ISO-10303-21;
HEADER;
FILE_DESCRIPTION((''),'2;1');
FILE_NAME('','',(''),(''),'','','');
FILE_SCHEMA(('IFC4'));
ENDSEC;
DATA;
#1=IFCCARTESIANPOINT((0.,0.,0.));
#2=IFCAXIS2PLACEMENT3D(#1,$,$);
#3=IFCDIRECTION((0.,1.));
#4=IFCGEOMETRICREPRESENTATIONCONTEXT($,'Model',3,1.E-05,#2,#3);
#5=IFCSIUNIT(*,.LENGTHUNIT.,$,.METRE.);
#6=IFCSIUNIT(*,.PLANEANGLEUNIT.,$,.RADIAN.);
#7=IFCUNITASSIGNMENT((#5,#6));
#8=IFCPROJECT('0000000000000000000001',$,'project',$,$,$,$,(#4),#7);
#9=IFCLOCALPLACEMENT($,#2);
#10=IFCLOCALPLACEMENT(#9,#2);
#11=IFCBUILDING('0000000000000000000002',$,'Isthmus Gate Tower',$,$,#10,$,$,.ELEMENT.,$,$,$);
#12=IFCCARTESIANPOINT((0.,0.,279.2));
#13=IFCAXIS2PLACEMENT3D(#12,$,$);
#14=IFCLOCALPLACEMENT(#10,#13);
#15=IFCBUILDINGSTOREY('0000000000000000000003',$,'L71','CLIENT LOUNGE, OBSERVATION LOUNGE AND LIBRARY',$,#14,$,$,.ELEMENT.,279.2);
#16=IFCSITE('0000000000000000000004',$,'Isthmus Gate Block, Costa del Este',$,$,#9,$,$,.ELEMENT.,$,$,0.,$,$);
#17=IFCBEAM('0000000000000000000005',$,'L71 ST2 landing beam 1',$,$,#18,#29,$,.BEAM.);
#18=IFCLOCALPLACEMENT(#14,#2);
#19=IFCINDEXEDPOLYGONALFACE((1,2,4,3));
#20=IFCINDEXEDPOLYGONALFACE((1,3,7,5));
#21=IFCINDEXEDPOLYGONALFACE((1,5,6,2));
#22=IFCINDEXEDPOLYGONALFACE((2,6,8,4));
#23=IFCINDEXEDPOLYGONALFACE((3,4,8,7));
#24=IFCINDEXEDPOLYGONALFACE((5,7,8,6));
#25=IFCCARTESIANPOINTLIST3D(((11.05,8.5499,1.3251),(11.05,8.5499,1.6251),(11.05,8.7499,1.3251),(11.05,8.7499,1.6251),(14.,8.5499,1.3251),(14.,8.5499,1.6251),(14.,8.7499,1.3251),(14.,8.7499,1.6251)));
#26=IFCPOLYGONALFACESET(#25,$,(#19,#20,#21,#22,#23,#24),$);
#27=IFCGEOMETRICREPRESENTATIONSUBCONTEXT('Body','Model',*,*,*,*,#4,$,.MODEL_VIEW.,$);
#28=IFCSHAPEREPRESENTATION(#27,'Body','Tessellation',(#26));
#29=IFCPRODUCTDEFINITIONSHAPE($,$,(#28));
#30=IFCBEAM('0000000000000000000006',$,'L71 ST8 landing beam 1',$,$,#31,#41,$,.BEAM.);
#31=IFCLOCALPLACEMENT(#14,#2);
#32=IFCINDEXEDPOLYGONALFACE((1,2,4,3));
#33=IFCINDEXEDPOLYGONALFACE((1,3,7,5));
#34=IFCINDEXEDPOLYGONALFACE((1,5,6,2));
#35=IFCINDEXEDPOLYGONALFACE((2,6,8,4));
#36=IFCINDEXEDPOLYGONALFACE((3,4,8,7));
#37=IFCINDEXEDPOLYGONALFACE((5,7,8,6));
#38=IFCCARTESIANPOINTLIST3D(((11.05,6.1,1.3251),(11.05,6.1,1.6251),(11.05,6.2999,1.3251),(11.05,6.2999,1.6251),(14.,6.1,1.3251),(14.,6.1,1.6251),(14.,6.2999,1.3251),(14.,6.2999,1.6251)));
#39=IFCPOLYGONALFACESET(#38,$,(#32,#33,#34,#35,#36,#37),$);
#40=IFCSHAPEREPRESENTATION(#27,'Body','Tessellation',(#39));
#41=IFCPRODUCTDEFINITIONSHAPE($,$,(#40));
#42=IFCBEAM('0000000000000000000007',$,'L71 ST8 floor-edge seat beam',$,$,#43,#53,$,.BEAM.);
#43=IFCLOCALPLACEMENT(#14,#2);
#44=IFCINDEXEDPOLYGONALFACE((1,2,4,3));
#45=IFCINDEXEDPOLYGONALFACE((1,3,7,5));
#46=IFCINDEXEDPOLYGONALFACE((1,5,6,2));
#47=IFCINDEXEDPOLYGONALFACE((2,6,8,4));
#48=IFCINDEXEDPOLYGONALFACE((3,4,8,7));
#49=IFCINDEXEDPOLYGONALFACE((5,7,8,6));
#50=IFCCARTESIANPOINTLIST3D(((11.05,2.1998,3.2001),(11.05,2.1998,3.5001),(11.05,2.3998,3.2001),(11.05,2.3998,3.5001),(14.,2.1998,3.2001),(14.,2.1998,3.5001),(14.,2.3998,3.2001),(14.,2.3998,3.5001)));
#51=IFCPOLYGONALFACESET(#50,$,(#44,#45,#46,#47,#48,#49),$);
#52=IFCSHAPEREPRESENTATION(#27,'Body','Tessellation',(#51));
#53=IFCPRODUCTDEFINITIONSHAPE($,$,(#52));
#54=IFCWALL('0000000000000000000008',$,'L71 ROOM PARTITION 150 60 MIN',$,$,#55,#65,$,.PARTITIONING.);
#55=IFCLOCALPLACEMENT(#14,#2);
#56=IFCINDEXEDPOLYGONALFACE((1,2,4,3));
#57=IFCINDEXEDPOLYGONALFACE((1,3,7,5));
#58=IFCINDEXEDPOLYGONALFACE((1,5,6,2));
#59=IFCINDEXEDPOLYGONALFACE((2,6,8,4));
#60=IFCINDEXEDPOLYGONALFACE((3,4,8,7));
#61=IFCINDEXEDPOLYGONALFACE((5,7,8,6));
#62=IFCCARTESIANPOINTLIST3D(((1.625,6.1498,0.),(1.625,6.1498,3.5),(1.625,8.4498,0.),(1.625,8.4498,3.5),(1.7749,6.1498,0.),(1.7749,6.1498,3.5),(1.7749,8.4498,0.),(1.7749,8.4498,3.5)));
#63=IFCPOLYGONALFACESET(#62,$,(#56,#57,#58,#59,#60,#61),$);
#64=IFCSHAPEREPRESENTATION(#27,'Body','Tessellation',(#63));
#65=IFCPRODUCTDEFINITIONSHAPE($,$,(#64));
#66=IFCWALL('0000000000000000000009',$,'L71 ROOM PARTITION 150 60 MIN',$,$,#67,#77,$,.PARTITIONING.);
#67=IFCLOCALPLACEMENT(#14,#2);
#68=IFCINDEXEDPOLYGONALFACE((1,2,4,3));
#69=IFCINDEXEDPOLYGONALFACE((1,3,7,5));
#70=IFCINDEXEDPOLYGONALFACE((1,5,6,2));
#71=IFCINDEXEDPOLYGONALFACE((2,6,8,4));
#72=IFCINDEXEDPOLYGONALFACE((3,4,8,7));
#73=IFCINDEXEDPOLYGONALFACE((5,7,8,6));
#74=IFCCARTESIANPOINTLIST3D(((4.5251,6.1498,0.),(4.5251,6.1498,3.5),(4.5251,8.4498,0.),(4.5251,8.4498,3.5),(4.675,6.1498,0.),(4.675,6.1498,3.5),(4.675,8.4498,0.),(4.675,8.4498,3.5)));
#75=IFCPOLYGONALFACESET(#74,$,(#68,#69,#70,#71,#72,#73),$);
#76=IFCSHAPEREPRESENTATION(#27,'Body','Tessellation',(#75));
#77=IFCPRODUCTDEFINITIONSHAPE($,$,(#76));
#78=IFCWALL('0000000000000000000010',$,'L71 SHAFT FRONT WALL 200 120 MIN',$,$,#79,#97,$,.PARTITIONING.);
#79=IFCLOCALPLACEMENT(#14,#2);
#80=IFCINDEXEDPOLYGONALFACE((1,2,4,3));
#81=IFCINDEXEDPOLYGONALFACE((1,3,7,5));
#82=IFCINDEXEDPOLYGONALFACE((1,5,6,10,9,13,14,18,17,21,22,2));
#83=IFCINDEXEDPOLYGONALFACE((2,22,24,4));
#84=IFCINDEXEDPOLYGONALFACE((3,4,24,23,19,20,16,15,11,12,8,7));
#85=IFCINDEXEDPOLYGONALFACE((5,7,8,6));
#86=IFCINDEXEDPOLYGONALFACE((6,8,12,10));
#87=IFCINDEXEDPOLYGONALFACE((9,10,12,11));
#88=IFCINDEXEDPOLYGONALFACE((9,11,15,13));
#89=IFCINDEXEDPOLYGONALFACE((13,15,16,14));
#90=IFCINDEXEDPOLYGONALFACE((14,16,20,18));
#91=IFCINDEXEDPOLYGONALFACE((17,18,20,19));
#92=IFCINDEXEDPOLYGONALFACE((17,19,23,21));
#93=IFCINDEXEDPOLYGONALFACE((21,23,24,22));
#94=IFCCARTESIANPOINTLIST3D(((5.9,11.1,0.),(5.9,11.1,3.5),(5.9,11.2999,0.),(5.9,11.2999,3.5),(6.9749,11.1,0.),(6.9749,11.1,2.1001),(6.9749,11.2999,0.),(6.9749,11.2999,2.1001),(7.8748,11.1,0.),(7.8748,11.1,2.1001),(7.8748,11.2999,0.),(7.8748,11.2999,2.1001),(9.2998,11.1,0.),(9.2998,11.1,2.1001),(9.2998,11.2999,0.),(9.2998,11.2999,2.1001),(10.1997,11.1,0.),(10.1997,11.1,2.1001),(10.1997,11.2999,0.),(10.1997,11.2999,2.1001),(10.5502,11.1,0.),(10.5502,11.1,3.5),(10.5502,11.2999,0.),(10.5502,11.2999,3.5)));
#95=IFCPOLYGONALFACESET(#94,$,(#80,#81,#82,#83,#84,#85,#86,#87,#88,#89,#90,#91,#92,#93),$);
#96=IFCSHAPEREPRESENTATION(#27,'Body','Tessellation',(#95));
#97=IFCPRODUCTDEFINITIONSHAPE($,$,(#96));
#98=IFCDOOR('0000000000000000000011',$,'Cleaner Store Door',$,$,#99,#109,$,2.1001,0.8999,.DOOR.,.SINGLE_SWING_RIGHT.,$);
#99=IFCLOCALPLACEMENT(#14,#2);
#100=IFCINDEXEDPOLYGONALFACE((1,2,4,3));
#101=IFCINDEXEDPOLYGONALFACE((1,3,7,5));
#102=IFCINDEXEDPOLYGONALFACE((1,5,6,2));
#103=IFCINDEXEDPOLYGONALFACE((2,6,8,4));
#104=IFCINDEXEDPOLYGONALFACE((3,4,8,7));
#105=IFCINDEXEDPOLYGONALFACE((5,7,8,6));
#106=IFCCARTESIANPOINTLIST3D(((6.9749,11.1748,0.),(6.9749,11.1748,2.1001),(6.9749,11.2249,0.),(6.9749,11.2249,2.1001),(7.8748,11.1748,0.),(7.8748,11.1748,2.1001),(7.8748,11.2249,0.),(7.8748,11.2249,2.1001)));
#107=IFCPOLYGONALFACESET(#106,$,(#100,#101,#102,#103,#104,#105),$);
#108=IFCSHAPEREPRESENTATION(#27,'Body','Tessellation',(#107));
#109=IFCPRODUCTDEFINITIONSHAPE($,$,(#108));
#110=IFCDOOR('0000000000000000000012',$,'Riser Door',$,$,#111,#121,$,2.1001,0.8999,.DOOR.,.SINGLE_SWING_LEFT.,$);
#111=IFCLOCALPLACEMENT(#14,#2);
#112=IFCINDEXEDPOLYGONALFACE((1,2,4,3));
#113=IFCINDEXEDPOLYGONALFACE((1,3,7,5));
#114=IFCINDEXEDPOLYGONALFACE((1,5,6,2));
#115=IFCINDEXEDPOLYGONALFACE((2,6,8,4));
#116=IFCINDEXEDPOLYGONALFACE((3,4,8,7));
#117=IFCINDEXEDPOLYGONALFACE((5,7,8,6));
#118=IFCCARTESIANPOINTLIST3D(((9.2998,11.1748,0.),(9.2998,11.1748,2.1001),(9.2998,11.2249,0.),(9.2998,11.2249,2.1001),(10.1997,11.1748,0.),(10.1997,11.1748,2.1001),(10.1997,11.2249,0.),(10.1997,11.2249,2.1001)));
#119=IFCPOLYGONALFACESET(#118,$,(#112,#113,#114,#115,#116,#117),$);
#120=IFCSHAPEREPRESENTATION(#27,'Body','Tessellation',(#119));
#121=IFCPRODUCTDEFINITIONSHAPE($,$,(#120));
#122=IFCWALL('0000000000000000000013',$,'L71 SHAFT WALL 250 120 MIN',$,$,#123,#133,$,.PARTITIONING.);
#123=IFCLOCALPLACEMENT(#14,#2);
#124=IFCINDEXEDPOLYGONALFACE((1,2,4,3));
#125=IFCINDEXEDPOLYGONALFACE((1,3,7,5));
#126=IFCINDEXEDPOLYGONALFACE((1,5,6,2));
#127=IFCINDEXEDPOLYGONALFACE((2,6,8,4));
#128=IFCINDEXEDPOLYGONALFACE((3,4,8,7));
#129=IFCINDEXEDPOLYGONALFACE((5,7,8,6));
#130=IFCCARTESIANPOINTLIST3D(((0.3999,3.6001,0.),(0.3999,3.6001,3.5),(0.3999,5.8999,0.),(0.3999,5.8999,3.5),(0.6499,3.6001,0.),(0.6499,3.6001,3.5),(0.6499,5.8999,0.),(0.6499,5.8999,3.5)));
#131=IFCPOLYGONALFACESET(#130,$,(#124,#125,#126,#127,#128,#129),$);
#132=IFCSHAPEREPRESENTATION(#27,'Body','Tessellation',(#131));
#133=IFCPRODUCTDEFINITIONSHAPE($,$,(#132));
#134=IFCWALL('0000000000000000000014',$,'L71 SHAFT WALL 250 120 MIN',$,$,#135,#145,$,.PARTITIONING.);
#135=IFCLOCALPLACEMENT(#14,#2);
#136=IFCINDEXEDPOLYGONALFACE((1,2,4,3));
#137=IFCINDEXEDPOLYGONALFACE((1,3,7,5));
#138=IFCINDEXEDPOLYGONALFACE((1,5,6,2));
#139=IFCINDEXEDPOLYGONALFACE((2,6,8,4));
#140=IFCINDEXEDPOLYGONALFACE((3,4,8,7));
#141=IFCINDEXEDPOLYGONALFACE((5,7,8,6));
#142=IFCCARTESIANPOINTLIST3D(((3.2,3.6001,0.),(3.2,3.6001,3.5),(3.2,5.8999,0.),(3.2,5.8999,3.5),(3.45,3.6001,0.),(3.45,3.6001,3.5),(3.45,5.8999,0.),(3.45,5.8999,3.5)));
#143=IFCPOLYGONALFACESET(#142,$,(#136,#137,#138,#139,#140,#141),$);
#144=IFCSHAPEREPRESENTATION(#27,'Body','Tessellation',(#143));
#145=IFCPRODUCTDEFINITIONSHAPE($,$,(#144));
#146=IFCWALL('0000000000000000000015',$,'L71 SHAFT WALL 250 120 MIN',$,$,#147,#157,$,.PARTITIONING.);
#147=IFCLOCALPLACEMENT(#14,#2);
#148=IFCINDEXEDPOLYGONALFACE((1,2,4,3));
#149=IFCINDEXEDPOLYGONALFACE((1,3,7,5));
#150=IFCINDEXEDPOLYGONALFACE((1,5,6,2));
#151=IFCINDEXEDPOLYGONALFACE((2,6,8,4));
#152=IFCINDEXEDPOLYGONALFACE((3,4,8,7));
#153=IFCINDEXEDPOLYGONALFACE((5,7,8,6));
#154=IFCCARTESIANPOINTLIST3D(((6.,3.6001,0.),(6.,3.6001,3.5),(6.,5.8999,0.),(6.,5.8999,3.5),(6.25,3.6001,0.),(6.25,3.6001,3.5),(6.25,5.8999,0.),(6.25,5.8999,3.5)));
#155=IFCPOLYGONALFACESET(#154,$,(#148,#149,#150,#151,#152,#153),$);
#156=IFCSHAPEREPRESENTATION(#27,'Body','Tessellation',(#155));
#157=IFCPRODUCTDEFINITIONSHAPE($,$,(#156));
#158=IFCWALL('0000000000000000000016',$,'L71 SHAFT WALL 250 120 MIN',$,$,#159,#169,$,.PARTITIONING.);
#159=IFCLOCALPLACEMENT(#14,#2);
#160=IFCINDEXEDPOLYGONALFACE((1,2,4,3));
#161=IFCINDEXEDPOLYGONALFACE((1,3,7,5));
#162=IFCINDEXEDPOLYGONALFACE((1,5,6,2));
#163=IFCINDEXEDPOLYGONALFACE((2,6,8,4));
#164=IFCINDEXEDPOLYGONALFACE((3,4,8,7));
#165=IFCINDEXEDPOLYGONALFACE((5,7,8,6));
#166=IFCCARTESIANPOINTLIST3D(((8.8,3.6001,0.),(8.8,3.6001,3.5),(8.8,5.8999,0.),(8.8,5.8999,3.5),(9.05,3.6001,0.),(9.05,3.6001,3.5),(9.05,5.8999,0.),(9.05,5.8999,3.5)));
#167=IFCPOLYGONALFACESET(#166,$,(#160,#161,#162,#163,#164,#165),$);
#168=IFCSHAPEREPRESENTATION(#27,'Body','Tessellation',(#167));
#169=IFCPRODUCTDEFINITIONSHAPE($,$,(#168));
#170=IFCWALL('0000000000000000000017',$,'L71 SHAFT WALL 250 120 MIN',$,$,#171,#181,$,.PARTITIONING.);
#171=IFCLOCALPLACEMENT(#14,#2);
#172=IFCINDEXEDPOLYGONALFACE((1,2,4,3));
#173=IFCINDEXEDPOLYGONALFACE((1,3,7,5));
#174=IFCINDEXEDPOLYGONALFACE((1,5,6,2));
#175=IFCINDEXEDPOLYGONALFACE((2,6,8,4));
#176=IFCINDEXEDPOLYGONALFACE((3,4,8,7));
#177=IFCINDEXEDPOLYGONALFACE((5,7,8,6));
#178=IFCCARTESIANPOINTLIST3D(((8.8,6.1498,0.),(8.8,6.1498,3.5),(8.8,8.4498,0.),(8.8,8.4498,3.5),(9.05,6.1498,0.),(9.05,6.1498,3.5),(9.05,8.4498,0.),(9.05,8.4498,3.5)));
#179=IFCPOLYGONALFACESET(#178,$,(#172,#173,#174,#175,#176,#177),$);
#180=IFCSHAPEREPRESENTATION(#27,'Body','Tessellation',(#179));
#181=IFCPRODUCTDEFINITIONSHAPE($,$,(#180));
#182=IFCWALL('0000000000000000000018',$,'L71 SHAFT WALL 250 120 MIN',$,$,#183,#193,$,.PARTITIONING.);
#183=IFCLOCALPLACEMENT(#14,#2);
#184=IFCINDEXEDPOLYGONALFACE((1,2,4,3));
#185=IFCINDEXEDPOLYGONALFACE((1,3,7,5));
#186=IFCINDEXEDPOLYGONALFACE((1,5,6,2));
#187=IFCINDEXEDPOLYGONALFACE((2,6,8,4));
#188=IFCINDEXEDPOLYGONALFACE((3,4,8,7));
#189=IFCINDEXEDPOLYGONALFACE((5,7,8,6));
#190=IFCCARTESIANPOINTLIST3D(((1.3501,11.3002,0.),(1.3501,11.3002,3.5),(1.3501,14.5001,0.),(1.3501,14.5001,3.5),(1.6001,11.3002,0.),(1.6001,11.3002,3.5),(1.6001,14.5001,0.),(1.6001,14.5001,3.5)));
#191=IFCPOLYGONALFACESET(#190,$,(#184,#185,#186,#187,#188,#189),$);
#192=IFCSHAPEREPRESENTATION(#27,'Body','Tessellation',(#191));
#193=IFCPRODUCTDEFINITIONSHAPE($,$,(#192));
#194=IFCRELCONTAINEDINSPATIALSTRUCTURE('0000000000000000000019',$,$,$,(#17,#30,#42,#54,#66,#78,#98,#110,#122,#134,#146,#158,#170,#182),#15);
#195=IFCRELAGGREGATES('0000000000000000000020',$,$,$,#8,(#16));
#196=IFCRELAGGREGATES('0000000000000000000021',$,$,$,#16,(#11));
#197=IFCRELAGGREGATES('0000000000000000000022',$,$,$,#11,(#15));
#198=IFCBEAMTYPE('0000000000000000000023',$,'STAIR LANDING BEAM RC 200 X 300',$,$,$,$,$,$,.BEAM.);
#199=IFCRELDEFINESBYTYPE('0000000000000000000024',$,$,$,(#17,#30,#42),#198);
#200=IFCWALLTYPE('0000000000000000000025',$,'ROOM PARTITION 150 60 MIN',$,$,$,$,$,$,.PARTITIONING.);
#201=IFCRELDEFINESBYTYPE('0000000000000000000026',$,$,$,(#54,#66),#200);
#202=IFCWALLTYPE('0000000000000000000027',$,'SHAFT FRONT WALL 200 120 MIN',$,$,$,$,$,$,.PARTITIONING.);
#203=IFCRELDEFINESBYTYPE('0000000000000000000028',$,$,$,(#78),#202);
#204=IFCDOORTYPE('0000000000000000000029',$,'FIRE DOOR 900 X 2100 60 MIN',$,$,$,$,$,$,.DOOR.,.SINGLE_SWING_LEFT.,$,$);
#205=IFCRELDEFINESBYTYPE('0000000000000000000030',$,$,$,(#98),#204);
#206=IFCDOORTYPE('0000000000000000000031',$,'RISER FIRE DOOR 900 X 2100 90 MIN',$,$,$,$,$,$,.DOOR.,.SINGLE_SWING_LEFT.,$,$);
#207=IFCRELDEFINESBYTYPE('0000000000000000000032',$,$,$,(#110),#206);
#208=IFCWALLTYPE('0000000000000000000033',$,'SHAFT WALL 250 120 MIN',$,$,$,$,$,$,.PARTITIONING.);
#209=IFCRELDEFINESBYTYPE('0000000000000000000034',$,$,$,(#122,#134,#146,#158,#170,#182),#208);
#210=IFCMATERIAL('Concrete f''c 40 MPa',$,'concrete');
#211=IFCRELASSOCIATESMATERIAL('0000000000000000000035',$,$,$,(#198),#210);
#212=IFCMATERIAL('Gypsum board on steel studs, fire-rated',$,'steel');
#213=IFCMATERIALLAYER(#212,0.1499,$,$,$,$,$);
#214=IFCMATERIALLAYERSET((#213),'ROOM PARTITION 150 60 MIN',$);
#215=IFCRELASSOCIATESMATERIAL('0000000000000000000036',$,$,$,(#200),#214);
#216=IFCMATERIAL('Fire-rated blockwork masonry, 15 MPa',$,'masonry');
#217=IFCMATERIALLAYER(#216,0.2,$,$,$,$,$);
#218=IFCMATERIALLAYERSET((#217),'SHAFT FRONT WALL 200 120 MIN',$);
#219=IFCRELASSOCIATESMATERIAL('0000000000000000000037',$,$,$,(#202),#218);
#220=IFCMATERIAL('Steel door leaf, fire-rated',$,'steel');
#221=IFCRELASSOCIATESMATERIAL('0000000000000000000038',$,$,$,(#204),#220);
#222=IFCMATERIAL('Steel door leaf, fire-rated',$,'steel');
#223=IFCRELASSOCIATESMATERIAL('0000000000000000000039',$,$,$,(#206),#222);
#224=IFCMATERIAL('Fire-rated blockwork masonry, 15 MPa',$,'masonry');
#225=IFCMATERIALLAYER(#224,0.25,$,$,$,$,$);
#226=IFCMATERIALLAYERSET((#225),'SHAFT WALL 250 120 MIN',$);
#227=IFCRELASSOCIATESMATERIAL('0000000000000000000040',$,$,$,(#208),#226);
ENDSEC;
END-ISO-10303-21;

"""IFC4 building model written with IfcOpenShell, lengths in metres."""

from ifc_helpers import new_model, si_unit, direction, frame, frame_2d, origin, origin_2d, place, context, subcontext, project, spatial, rectangle, extrude, material, layer, layer_set, material_profile, profile_set, type_object, element, fill, save


model = new_model("IFC4")

# Units and contexts
model_context = context("Model", 3, precision=1e-05, world=origin(), true_north=direction((0.0, 1.0)))
body_context = subcontext(model_context, "Body", "Model", "MODEL_VIEW")
ifc_project = project(units=[si_unit("LENGTHUNIT", "METRE"), si_unit("PLANEANGLEUNIT", "RADIAN")], contexts=[model_context])

# Site, building, storey
site_placement = place(None, origin())
site = spatial("IfcSite", under=ifc_project, at=site_placement, Name="Isthmus Gate Block, Costa del Este", CompositionType="ELEMENT", RefElevation=0.0)
building_placement = place(site_placement, origin())
building = spatial("IfcBuilding", under=site, at=building_placement, Name="Isthmus Gate Tower", CompositionType="ELEMENT")
storey_placement = place(building_placement, frame((0.0, 0.0, 279.2)))
storey = spatial("IfcBuildingStorey", under=building, at=storey_placement, Name="L71", Description="CLIENT LOUNGE, OBSERVATION LOUNGE AND LIBRARY", CompositionType="ELEMENT", Elevation=279.2)

# Beams
ifc_material_1 = material(Name="Concrete f'c 40 MPa", Category="concrete")
ifc_material_profile = material_profile(ifc_material_1, rectangle(XDim=0.2, YDim=0.3, at=origin_2d()), Name="STAIR LANDING BEAM RC 200 X 300")
ifc_profile_set = profile_set([ifc_material_profile], Name="Concrete f'c 40 MPa")
beam_type = type_object("IfcBeamType", Name="STAIR LANDING BEAM RC 200 X 300", PredefinedType="BEAM", material=ifc_profile_set)
for number, where, z_axis, x_axis, name in (
    (1, (11.05, 8.6499, 1.4751), (1.0, 0.0, 0.0), (0.0, 1.0, 0.0), "L71 ST2 landing beam 1"),
    (2, (11.05, 6.2, 1.4751), (1.0, 0.0, 0.0), (0.0, 1.0, 0.0), "L71 ST8 landing beam 1"),
    (3, (11.05, 2.2998, 3.3501), (1.0, 0.0, 0.0), (0.0, 1.0, 0.0), "L71 ST8 floor-edge seat beam"),
):
    element("IfcBeam", number, at=place(storey_placement, frame(where, z_axis=z_axis, x_axis=x_axis)), inside=storey, type_object=beam_type, Name=name, PredefinedType="BEAM", context=body_context, shape_type="SweptSolid", body=[
        extrude(rectangle(XDim=0.2, YDim=0.3, at=origin_2d()), origin(), (0.0, 0.0, 1.0), 2.95),
    ])

# Walls
ifc_material_2 = material(Name="Gypsum board on steel studs, fire-rated", Category="steel")
ifc_layer_1 = layer(ifc_material_2, 0.1499)
ifc_layer_set_1 = layer_set([ifc_layer_1], Name="ROOM PARTITION 150 60 MIN")
wall_type_1 = type_object("IfcWallType", Name="ROOM PARTITION 150 60 MIN", PredefinedType="PARTITIONING", material=ifc_layer_set_1)
for number, where, z_axis, x_axis, name in (
    (4, (1.7, 6.1499, 0.0), (0.0, 0.0, 1.0), (0.0, 1.0, 0.0), "L71 ROOM PARTITION 150 60 MIN"),
    (5, (4.6001, 6.1499, 0.0), (0.0, 0.0, 1.0), (0.0, 1.0, 0.0), "L71 ROOM PARTITION 150 60 MIN"),
):
    element("IfcWall", number, at=place(storey_placement, frame(where, z_axis=z_axis, x_axis=x_axis)), inside=storey, type_object=wall_type_1, Name=name, PredefinedType="PARTITIONING", context=body_context, shape_type="SweptSolid", body=[
        extrude(rectangle(XDim=2.3, YDim=0.1499, at=frame_2d((1.1499, 0.0))), origin(), (0.0, 0.0, 1.0), 3.5),
    ])

# Wall, openings, doors
ifc_material_3 = material(Name="Fire-rated blockwork masonry, 15 MPa", Category="masonry")
ifc_layer_2 = layer(ifc_material_3, 0.2)
ifc_layer_set_2 = layer_set([ifc_layer_2], Name="SHAFT FRONT WALL 200 120 MIN")
wall_type_2 = type_object("IfcWallType", Name="SHAFT FRONT WALL 200 120 MIN", PredefinedType="PARTITIONING", material=ifc_layer_set_2)
wall_1_placement = place(storey_placement, frame((5.8999, 11.2, 0.0), z_axis=(0.0, 0.0, 1.0), x_axis=(1.0, 0.0, 0.0)))
wall_1 = element("IfcWall", 6, at=wall_1_placement, inside=storey, type_object=wall_type_2, Name="L71 SHAFT FRONT WALL 200 120 MIN", PredefinedType="PARTITIONING", context=body_context, shape_type="SweptSolid", body=[
    extrude(rectangle(XDim=4.6501, YDim=0.2, at=frame_2d((2.3252, 0.0))), origin(), (0.0, 0.0, 1.0), 3.5),
])
opening_1_placement = place(wall_1_placement, frame((1.075, 0.0, 0.0)))
opening_1 = element("IfcOpeningElement", 7, at=opening_1_placement, cuts=wall_1, PredefinedType="OPENING", context=body_context, shape_type="SweptSolid", body=[
    extrude(rectangle(XDim=0.8999, YDim=2.1001, at=frame_2d((0.45, 1.05))), frame((0.0, 0.1099, 0.0), z_axis=(0.0, -1.0, 0.0), x_axis=(1.0, 0.0, 0.0)), (0.0, 0.0, 1.0), 0.22),
])
opening_2_placement = place(wall_1_placement, frame((3.3999, 0.0, 0.0)))
opening_2 = element("IfcOpeningElement", 8, at=opening_2_placement, cuts=wall_1, PredefinedType="OPENING", context=body_context, shape_type="SweptSolid", body=[
    extrude(rectangle(XDim=0.8999, YDim=2.1001, at=frame_2d((0.45, 1.05))), frame((0.0, 0.1099, 0.0), z_axis=(0.0, -1.0, 0.0), x_axis=(1.0, 0.0, 0.0)), (0.0, 0.0, 1.0), 0.22),
])
ifc_material_4 = material(Name="Steel door leaf, fire-rated", Category="steel")
door_type_1 = type_object("IfcDoorType", Name="FIRE DOOR 900 X 2100 60 MIN", OperationType="SINGLE_SWING_LEFT", PredefinedType="DOOR", material=ifc_material_4)
door_1_placement = place(opening_1_placement, origin())
door_1 = element("IfcDoor", 9, at=door_1_placement, inside=storey, type_object=door_type_1, Name="Cleaner Store Door", OperationType="SINGLE_SWING_RIGHT", OverallHeight=2.1001, OverallWidth=0.8999, PredefinedType="DOOR", context=body_context, shape_type="SweptSolid", body=[
    extrude(rectangle(XDim=0.8999, YDim=2.1001, at=frame_2d((0.45, 1.05))), frame((0.0, 0.0249, 0.0), z_axis=(0.0, -1.0, 0.0), x_axis=(1.0, 0.0, 0.0)), (0.0, 0.0, 1.0), 0.05),
])
fill(opening_1, door_1)
ifc_material_5 = material(Name="Steel door leaf, fire-rated", Category="steel")
door_type_2 = type_object("IfcDoorType", Name="RISER FIRE DOOR 900 X 2100 90 MIN", OperationType="SINGLE_SWING_LEFT", PredefinedType="DOOR", material=ifc_material_5)
door_2_placement = place(opening_2_placement, origin())
door_2 = element("IfcDoor", 10, at=door_2_placement, inside=storey, type_object=door_type_2, Name="Riser Door", OperationType="SINGLE_SWING_LEFT", OverallHeight=2.1001, OverallWidth=0.8999, PredefinedType="DOOR", context=body_context, shape_type="SweptSolid", body=[
    extrude(rectangle(XDim=0.8999, YDim=2.1001, at=frame_2d((0.45, 1.05))), frame((0.0, 0.0249, 0.0), z_axis=(0.0, -1.0, 0.0), x_axis=(1.0, 0.0, 0.0)), (0.0, 0.0, 1.0), 0.05),
])
fill(opening_2, door_2)

# Walls
ifc_material_6 = material(Name="Fire-rated blockwork masonry, 15 MPa", Category="masonry")
ifc_layer_3 = layer(ifc_material_6, 0.25)
ifc_layer_set_3 = layer_set([ifc_layer_3], Name="SHAFT WALL 250 120 MIN")
wall_type_3 = type_object("IfcWallType", Name="SHAFT WALL 250 120 MIN", PredefinedType="PARTITIONING", material=ifc_layer_set_3)
for number, where, z_axis, x_axis, name in (
    (11, (0.5249, 3.6001, 0.0), (0.0, 0.0, 1.0), (0.0, 1.0, 0.0), "L71 SHAFT WALL 250 120 MIN"),
    (12, (3.325, 3.6001, 0.0), (0.0, 0.0, 1.0), (0.0, 1.0, 0.0), "L71 SHAFT WALL 250 120 MIN"),
    (13, (6.125, 3.6001, 0.0), (0.0, 0.0, 1.0), (0.0, 1.0, 0.0), "L71 SHAFT WALL 250 120 MIN"),
    (14, (8.925, 3.6001, 0.0), (0.0, 0.0, 1.0), (0.0, 1.0, 0.0), "L71 SHAFT WALL 250 120 MIN"),
):
    element("IfcWall", number, at=place(storey_placement, frame(where, z_axis=z_axis, x_axis=x_axis)), inside=storey, type_object=wall_type_3, Name=name, PredefinedType="PARTITIONING", context=body_context, shape_type="SweptSolid", body=[
        extrude(rectangle(XDim=2.2998, YDim=0.25, at=frame_2d((1.1499, 0.0))), origin(), (0.0, 0.0, 1.0), 3.5),
    ])
wall_2_placement = place(storey_placement, frame((8.925, 6.1499, 0.0), z_axis=(0.0, 0.0, 1.0), x_axis=(0.0, 1.0, 0.0)))
element("IfcWall", 15, at=wall_2_placement, inside=storey, type_object=wall_type_3, Name="L71 SHAFT WALL 250 120 MIN", PredefinedType="PARTITIONING", context=body_context, shape_type="SweptSolid", body=[
    extrude(rectangle(XDim=2.3, YDim=0.25, at=frame_2d((1.1499, 0.0))), origin(), (0.0, 0.0, 1.0), 3.5),
])
for number, where, z_axis, x_axis, name in (
    (16, (1.4751, 11.3, 0.0), (0.0, 0.0, 1.0), (0.0, 1.0, 0.0), "L71 SHAFT WALL 250 120 MIN"),
):
    element("IfcWall", number, at=place(storey_placement, frame(where, z_axis=z_axis, x_axis=x_axis)), inside=storey, type_object=wall_type_3, Name=name, PredefinedType="PARTITIONING", context=body_context, shape_type="SweptSolid", body=[
        extrude(rectangle(XDim=3.2, YDim=0.25, at=frame_2d((1.6001, 0.0))), origin(), (0.0, 0.0, 1.0), 3.5),
    ])

save(model, "model.ifc")
